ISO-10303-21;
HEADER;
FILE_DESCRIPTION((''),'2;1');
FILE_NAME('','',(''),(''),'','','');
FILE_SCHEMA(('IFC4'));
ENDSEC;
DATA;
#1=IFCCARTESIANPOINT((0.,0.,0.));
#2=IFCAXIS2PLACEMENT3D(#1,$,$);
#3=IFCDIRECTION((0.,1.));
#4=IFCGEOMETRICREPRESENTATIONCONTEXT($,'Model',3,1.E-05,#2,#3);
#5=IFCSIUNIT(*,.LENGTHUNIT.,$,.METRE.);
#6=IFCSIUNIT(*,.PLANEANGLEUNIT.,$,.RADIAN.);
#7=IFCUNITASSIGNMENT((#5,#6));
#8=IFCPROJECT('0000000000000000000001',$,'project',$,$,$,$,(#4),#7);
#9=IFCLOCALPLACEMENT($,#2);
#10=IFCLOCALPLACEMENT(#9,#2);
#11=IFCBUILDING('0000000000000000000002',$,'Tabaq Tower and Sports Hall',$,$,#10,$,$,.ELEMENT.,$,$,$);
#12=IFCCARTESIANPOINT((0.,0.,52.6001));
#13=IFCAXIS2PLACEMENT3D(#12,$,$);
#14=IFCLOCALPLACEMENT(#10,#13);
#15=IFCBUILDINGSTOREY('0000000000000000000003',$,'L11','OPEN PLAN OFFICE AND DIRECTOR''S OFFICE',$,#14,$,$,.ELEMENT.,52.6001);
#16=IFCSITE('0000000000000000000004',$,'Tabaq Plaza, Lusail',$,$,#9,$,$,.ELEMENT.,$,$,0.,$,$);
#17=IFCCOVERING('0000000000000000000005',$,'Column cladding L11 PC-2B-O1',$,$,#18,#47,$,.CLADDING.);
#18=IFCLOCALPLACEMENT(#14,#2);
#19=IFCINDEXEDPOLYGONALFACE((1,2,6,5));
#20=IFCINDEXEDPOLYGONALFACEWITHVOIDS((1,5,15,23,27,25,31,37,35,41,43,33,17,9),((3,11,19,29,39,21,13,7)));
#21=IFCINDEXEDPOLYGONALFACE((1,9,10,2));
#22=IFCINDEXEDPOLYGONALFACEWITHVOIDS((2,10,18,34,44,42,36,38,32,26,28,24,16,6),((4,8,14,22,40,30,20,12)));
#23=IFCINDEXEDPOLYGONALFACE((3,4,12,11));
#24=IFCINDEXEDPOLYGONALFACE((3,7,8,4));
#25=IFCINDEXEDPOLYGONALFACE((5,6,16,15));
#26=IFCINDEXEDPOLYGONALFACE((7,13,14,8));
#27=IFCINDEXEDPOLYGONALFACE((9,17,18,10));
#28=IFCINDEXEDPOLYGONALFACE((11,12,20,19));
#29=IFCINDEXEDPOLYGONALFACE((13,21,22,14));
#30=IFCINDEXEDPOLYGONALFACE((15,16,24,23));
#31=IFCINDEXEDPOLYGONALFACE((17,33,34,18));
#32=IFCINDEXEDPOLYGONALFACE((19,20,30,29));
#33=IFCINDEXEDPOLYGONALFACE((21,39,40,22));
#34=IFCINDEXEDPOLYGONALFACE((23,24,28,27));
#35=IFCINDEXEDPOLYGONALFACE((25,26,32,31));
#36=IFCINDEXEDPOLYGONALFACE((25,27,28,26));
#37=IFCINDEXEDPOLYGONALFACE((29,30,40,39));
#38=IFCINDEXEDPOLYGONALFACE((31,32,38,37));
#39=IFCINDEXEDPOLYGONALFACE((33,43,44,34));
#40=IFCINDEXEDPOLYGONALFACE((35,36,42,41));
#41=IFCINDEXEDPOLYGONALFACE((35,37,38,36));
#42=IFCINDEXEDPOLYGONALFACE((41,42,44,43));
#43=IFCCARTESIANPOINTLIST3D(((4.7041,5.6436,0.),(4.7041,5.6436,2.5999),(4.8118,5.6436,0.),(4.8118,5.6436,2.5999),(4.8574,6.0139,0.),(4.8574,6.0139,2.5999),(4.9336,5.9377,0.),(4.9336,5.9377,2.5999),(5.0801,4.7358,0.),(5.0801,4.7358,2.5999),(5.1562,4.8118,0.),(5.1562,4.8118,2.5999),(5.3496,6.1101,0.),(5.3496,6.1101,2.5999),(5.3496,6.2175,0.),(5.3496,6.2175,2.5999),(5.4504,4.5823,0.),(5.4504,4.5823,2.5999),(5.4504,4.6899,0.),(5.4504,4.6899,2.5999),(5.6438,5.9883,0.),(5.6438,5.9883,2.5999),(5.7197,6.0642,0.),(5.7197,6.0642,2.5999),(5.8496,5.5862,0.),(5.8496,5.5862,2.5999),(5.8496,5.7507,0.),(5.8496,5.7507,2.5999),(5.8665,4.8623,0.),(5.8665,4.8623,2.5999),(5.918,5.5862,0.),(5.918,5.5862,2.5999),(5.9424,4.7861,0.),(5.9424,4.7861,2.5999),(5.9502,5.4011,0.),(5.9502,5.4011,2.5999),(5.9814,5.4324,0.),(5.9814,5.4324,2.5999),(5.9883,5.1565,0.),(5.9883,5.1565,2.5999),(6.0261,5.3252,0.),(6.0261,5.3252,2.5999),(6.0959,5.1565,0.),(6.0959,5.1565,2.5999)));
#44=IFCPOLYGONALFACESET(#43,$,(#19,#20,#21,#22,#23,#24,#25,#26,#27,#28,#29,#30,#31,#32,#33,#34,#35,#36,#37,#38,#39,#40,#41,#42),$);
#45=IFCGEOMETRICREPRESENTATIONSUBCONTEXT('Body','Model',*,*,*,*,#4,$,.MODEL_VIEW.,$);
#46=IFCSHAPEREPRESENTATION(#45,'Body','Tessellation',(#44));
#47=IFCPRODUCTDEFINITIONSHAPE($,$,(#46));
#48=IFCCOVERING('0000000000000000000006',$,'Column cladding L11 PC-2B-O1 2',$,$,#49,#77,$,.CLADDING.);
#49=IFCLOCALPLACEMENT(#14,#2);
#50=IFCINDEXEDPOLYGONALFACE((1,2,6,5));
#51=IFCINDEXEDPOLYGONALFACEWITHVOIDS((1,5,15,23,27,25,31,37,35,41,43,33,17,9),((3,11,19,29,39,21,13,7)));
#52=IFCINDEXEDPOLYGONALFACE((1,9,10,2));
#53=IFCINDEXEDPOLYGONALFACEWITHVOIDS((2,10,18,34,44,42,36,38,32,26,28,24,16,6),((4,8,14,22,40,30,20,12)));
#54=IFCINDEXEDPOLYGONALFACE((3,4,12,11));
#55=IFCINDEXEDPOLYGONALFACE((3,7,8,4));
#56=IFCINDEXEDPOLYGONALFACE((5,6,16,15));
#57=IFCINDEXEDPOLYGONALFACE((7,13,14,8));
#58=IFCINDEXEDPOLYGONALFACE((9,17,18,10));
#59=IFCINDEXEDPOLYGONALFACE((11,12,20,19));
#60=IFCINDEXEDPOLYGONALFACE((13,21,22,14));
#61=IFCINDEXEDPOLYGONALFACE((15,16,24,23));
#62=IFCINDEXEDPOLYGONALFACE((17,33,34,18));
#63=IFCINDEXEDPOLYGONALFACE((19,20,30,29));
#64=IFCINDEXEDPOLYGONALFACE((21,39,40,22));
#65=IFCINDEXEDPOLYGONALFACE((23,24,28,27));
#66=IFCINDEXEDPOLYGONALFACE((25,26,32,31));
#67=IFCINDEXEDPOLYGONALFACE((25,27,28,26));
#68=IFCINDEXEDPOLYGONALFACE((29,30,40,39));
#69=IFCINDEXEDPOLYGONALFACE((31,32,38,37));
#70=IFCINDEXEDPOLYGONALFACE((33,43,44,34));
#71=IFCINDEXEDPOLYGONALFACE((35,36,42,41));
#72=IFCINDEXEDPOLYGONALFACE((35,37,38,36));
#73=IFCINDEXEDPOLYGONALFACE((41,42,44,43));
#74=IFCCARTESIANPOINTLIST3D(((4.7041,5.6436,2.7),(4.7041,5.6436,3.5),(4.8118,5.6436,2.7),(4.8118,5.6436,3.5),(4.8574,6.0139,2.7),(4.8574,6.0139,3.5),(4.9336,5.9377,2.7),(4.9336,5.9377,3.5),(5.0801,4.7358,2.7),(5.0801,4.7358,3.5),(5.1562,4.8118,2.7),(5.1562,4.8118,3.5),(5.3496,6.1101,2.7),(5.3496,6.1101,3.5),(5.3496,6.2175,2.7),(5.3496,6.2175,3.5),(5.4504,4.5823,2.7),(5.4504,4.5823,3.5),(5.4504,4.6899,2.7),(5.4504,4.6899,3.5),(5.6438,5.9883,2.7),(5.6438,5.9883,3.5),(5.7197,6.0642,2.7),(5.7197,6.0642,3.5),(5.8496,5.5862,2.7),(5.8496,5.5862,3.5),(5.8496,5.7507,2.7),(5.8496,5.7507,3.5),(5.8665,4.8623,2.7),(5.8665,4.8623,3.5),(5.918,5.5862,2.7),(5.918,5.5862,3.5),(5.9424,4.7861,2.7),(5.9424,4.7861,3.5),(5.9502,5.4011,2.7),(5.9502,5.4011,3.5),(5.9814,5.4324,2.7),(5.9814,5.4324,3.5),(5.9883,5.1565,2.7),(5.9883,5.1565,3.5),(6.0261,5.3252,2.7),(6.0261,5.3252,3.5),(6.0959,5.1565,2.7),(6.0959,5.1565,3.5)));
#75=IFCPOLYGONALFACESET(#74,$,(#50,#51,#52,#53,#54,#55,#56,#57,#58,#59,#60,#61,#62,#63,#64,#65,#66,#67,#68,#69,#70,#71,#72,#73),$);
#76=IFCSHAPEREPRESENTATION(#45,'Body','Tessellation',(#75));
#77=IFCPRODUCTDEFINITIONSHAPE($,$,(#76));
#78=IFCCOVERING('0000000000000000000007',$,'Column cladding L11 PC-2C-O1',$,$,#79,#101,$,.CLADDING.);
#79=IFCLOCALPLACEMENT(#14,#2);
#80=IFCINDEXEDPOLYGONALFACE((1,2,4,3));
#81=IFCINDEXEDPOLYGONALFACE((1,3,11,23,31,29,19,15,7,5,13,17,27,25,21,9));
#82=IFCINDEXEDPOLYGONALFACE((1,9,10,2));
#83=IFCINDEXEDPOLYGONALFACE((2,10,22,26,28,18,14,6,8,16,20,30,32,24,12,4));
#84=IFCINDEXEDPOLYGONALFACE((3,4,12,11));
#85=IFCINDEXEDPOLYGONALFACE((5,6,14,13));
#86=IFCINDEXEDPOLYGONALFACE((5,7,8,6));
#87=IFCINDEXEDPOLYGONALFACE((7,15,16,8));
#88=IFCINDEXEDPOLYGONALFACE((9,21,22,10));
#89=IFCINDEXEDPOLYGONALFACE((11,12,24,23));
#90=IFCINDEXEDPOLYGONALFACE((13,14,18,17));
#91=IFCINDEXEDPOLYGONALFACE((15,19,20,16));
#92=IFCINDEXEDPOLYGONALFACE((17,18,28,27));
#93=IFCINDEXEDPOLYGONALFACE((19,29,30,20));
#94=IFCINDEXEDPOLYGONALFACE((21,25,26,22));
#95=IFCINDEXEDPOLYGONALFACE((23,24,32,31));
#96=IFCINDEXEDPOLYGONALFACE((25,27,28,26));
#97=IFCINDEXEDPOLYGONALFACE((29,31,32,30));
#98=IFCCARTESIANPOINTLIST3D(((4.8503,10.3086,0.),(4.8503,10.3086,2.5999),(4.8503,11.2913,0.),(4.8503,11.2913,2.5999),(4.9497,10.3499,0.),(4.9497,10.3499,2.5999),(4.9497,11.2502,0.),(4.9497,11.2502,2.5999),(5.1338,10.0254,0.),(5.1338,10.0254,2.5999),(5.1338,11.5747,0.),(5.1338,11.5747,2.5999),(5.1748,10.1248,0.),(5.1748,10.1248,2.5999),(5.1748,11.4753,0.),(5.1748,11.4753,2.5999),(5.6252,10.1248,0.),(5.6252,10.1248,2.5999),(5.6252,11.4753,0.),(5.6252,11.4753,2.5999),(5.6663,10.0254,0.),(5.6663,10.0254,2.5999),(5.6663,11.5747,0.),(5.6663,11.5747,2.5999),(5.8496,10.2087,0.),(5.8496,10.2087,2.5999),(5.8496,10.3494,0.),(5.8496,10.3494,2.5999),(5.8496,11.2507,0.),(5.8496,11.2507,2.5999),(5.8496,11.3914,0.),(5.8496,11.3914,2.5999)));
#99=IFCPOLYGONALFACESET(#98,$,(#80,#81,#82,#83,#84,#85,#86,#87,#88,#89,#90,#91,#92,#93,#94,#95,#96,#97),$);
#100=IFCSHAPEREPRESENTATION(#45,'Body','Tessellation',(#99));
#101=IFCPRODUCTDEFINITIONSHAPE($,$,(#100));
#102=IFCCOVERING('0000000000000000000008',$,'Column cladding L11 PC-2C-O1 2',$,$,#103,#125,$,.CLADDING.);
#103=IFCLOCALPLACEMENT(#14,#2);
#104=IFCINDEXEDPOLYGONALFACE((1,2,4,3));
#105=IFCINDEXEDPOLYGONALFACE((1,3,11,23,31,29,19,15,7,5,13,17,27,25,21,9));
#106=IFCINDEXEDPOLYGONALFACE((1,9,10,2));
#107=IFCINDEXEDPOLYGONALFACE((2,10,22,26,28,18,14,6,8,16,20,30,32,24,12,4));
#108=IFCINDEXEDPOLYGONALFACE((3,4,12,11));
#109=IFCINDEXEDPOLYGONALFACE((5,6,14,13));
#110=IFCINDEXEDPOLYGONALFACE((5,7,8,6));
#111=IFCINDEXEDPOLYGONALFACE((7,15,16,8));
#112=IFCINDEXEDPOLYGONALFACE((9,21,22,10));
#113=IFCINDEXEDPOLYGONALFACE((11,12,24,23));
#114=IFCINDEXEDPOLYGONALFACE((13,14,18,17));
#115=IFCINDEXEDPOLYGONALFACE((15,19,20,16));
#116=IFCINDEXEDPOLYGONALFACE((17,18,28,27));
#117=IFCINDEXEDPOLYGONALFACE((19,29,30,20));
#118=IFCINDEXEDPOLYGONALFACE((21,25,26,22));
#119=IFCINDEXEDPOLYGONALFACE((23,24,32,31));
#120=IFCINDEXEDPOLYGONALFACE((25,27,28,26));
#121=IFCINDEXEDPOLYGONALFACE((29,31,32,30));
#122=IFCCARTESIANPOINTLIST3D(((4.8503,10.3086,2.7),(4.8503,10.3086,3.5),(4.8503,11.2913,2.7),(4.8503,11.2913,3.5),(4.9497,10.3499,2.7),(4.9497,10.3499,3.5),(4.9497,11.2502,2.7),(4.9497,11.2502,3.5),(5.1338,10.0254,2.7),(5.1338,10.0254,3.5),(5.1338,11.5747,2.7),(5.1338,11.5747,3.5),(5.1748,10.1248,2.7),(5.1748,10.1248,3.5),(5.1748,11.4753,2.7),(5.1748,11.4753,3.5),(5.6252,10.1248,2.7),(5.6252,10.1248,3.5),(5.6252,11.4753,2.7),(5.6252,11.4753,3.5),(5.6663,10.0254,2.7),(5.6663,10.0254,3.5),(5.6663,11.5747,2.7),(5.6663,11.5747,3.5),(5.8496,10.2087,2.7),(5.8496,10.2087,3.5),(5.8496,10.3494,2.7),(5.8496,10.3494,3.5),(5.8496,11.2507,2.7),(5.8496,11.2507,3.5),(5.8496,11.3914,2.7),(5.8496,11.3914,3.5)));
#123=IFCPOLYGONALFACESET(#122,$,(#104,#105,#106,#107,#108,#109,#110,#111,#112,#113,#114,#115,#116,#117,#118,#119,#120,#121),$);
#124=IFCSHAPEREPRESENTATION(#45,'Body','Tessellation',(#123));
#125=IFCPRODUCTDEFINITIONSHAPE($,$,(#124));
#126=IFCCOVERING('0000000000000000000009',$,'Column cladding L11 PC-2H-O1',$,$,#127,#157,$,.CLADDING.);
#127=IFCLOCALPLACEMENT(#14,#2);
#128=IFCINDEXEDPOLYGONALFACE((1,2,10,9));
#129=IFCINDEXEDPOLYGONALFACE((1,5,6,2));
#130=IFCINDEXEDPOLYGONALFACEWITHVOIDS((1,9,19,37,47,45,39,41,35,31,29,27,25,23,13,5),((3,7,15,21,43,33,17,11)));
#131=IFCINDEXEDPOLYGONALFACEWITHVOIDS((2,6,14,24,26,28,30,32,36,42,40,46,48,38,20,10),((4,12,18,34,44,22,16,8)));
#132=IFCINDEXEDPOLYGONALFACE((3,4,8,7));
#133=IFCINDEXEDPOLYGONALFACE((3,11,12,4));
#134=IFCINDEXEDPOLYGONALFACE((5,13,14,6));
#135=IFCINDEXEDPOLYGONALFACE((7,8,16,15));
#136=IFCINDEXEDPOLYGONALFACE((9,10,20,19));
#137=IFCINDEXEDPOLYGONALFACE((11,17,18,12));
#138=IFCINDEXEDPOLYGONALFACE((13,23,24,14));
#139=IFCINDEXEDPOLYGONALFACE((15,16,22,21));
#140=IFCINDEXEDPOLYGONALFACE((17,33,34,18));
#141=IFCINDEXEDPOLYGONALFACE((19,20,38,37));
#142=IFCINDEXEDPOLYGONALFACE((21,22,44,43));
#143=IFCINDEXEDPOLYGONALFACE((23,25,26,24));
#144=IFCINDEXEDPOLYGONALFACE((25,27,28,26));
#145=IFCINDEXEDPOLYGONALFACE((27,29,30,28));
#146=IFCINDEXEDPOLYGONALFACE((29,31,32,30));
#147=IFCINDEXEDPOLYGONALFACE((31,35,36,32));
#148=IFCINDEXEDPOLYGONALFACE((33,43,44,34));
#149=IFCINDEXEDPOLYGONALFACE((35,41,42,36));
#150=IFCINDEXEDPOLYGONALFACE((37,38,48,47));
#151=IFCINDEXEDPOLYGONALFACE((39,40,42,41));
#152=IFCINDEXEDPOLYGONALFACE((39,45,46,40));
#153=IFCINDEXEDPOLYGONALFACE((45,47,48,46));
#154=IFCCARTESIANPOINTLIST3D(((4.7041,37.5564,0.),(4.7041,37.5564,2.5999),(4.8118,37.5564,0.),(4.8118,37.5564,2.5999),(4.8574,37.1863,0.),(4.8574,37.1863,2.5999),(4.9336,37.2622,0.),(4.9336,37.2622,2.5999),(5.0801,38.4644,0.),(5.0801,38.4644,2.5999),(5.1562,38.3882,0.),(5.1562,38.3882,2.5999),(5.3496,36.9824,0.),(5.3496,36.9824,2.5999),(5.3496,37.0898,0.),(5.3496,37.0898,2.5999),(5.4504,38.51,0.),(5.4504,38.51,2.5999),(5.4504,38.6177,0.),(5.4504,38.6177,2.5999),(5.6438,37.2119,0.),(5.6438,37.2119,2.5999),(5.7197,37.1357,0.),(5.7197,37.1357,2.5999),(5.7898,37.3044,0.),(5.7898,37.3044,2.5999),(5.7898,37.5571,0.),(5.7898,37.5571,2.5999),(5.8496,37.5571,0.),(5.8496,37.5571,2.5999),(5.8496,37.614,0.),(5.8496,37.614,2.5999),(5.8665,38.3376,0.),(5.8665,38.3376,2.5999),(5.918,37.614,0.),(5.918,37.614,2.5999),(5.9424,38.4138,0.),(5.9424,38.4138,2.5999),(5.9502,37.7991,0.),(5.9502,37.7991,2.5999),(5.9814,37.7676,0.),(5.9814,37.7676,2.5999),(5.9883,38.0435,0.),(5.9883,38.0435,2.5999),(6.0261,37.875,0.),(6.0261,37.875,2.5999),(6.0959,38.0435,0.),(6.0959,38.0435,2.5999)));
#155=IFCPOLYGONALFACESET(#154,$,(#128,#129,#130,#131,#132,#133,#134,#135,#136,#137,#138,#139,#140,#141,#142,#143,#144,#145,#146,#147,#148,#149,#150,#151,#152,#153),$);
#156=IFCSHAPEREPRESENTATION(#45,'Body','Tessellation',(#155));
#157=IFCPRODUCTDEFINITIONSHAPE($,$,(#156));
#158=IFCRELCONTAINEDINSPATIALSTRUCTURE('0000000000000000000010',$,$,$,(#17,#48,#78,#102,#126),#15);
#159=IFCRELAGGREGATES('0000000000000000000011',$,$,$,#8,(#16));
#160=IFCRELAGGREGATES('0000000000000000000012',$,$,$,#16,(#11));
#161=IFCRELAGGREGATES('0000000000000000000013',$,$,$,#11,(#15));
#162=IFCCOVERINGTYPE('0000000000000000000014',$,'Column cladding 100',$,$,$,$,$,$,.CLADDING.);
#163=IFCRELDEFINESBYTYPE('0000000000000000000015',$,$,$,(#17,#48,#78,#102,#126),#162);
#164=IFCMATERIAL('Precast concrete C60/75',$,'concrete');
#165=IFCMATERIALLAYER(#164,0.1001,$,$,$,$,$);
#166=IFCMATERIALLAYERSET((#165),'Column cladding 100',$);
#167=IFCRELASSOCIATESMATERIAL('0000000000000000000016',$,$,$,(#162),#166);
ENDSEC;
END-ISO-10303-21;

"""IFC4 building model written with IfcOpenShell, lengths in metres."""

from ifc_helpers import new_model, si_unit, direction, frame, origin, place, context, subcontext, project, spatial, polyline, outline, extrude, material, layer, layer_set, type_object, element, save


model = new_model("IFC4")

# Units and contexts
model_context = context("Model", 3, precision=1e-05, world=origin(), true_north=direction((0.0, 1.0)))
body_context = subcontext(model_context, "Body", "Model", "MODEL_VIEW")
ifc_project = project(units=[si_unit("LENGTHUNIT", "METRE"), si_unit("PLANEANGLEUNIT", "RADIAN")], contexts=[model_context])

# Site, building, storey
site_placement = place(None, origin())
site = spatial("IfcSite", under=ifc_project, at=site_placement, Name="Tabaq Plaza, Lusail", CompositionType="ELEMENT", RefElevation=0.0)
building_placement = place(site_placement, origin())
building = spatial("IfcBuilding", under=site, at=building_placement, Name="Tabaq Tower and Sports Hall", CompositionType="ELEMENT")
storey_placement = place(building_placement, frame((0.0, 0.0, 52.6001)))
storey = spatial("IfcBuildingStorey", under=building, at=storey_placement, Name="L11", Description="OPEN PLAN OFFICE AND DIRECTOR'S OFFICE", CompositionType="ELEMENT", Elevation=52.6001)

# Coverings
ifc_material_1 = material(Name="Precast concrete C60/75", Category="concrete")
ifc_layer_1 = layer(ifc_material_1, 0.1001)
ifc_layer_set_1 = layer_set([ifc_layer_1], Name="Column cladding 100")
covering_type_1 = type_object("IfcCoveringType", Name="Column cladding 100", PredefinedType="CLADDING", material=ifc_layer_set_1)
covering_1_placement = place(storey_placement, origin())
element("IfcCovering", 1, at=covering_1_placement, inside=storey, type_object=covering_type_1, Name="Column cladding L11 PC-2B-O1", PredefinedType="CLADDING", context=body_context, shape_type="SweptSolid", body=[
    extrude(outline(polyline([(5.4504, 4.5823), (5.0801, 4.7358), (4.7041, 5.6436), (4.8574, 6.0139), (5.3496, 6.2175), (5.7197, 6.0642), (5.8496, 5.7507), (5.8496, 5.5862), (5.918, 5.5862), (5.9814, 5.4324), (5.9502, 5.4011), (6.0261, 5.3252), (6.0959, 5.1565), (5.9424, 4.7861), (5.4504, 4.5823)]), holes=[polyline([(5.3496, 6.1101), (4.9336, 5.9377), (4.8118, 5.6436), (5.1562, 4.8118), (5.4504, 4.6899), (5.8665, 4.8623), (5.9883, 5.1565), (5.6438, 5.9883), (5.3496, 6.1101)])]), origin(), (0.0, 0.0, 1.0), 2.5999),
])
covering_2_placement = place(storey_placement, frame((0.0, 0.0, 2.7)))
element("IfcCovering", 2, at=covering_2_placement, inside=storey, type_object=covering_type_1, Name="Column cladding L11 PC-2B-O1 2", PredefinedType="CLADDING", context=body_context, shape_type="SweptSolid", body=[
    extrude(outline(polyline([(5.4504, 4.5823), (5.0801, 4.7358), (4.7041, 5.6436), (4.8574, 6.0139), (5.3496, 6.2175), (5.7197, 6.0642), (5.8496, 5.7507), (5.8496, 5.5862), (5.918, 5.5862), (5.9814, 5.4324), (5.9502, 5.4011), (6.0261, 5.3252), (6.0959, 5.1565), (5.9424, 4.7861), (5.4504, 4.5823)]), holes=[polyline([(5.3496, 6.1101), (4.9336, 5.9377), (4.8118, 5.6436), (5.1562, 4.8118), (5.4504, 4.6899), (5.8665, 4.8623), (5.9883, 5.1565), (5.6438, 5.9883), (5.3496, 6.1101)])]), origin(), (0.0, 0.0, 1.0), 0.8),
])
covering_3_placement = place(storey_placement, origin())
element("IfcCovering", 3, at=covering_3_placement, inside=storey, type_object=covering_type_1, Name="Column cladding L11 PC-2C-O1", PredefinedType="CLADDING", context=body_context, shape_type="SweptSolid", body=[
    extrude(outline(polyline([(5.1338, 10.0254), (4.8503, 10.3086), (4.8503, 11.2913), (5.1338, 11.5747), (5.6663, 11.5747), (5.8496, 11.3914), (5.8496, 11.2507), (5.6252, 11.4753), (5.1748, 11.4753), (4.9497, 11.2502), (4.9497, 10.3499), (5.1748, 10.1248), (5.6252, 10.1248), (5.8496, 10.3494), (5.8496, 10.2087), (5.6663, 10.0254), (5.1338, 10.0254)])), origin(), (0.0, 0.0, 1.0), 2.5999),
])
covering_4_placement = place(storey_placement, frame((0.0, 0.0, 2.7)))
element("IfcCovering", 4, at=covering_4_placement, inside=storey, type_object=covering_type_1, Name="Column cladding L11 PC-2C-O1 2", PredefinedType="CLADDING", context=body_context, shape_type="SweptSolid", body=[
    extrude(outline(polyline([(5.1338, 10.0254), (4.8503, 10.3086), (4.8503, 11.2913), (5.1338, 11.5747), (5.6663, 11.5747), (5.8496, 11.3914), (5.8496, 11.2507), (5.6252, 11.4753), (5.1748, 11.4753), (4.9497, 11.2502), (4.9497, 10.3499), (5.1748, 10.1248), (5.6252, 10.1248), (5.8496, 10.3494), (5.8496, 10.2087), (5.6663, 10.0254), (5.1338, 10.0254)])), origin(), (0.0, 0.0, 1.0), 0.8),
])
covering_5_placement = place(storey_placement, origin())
element("IfcCovering", 5, at=covering_5_placement, inside=storey, type_object=covering_type_1, Name="Column cladding L11 PC-2H-O1", PredefinedType="CLADDING", context=body_context, shape_type="SweptSolid", body=[
    extrude(outline(polyline([(4.8574, 37.1863), (4.7041, 37.5564), (5.0801, 38.4644), (5.4504, 38.6177), (5.9424, 38.4138), (6.0959, 38.0435), (6.0261, 37.875), (5.9502, 37.7991), (5.9814, 37.7676), (5.918, 37.614), (5.8496, 37.614), (5.8496, 37.5571), (5.7898, 37.5571), (5.7898, 37.3044), (5.7197, 37.1357), (5.3496, 36.9824), (4.8574, 37.1863)]), holes=[polyline([(5.8665, 38.3376), (5.4504, 38.51), (5.1562, 38.3882), (4.8118, 37.5564), (4.9336, 37.2622), (5.3496, 37.0898), (5.6438, 37.2119), (5.9883, 38.0435), (5.8665, 38.3376)])]), origin(), (0.0, 0.0, 1.0), 2.5999),
])

save(model, "model.ifc")
